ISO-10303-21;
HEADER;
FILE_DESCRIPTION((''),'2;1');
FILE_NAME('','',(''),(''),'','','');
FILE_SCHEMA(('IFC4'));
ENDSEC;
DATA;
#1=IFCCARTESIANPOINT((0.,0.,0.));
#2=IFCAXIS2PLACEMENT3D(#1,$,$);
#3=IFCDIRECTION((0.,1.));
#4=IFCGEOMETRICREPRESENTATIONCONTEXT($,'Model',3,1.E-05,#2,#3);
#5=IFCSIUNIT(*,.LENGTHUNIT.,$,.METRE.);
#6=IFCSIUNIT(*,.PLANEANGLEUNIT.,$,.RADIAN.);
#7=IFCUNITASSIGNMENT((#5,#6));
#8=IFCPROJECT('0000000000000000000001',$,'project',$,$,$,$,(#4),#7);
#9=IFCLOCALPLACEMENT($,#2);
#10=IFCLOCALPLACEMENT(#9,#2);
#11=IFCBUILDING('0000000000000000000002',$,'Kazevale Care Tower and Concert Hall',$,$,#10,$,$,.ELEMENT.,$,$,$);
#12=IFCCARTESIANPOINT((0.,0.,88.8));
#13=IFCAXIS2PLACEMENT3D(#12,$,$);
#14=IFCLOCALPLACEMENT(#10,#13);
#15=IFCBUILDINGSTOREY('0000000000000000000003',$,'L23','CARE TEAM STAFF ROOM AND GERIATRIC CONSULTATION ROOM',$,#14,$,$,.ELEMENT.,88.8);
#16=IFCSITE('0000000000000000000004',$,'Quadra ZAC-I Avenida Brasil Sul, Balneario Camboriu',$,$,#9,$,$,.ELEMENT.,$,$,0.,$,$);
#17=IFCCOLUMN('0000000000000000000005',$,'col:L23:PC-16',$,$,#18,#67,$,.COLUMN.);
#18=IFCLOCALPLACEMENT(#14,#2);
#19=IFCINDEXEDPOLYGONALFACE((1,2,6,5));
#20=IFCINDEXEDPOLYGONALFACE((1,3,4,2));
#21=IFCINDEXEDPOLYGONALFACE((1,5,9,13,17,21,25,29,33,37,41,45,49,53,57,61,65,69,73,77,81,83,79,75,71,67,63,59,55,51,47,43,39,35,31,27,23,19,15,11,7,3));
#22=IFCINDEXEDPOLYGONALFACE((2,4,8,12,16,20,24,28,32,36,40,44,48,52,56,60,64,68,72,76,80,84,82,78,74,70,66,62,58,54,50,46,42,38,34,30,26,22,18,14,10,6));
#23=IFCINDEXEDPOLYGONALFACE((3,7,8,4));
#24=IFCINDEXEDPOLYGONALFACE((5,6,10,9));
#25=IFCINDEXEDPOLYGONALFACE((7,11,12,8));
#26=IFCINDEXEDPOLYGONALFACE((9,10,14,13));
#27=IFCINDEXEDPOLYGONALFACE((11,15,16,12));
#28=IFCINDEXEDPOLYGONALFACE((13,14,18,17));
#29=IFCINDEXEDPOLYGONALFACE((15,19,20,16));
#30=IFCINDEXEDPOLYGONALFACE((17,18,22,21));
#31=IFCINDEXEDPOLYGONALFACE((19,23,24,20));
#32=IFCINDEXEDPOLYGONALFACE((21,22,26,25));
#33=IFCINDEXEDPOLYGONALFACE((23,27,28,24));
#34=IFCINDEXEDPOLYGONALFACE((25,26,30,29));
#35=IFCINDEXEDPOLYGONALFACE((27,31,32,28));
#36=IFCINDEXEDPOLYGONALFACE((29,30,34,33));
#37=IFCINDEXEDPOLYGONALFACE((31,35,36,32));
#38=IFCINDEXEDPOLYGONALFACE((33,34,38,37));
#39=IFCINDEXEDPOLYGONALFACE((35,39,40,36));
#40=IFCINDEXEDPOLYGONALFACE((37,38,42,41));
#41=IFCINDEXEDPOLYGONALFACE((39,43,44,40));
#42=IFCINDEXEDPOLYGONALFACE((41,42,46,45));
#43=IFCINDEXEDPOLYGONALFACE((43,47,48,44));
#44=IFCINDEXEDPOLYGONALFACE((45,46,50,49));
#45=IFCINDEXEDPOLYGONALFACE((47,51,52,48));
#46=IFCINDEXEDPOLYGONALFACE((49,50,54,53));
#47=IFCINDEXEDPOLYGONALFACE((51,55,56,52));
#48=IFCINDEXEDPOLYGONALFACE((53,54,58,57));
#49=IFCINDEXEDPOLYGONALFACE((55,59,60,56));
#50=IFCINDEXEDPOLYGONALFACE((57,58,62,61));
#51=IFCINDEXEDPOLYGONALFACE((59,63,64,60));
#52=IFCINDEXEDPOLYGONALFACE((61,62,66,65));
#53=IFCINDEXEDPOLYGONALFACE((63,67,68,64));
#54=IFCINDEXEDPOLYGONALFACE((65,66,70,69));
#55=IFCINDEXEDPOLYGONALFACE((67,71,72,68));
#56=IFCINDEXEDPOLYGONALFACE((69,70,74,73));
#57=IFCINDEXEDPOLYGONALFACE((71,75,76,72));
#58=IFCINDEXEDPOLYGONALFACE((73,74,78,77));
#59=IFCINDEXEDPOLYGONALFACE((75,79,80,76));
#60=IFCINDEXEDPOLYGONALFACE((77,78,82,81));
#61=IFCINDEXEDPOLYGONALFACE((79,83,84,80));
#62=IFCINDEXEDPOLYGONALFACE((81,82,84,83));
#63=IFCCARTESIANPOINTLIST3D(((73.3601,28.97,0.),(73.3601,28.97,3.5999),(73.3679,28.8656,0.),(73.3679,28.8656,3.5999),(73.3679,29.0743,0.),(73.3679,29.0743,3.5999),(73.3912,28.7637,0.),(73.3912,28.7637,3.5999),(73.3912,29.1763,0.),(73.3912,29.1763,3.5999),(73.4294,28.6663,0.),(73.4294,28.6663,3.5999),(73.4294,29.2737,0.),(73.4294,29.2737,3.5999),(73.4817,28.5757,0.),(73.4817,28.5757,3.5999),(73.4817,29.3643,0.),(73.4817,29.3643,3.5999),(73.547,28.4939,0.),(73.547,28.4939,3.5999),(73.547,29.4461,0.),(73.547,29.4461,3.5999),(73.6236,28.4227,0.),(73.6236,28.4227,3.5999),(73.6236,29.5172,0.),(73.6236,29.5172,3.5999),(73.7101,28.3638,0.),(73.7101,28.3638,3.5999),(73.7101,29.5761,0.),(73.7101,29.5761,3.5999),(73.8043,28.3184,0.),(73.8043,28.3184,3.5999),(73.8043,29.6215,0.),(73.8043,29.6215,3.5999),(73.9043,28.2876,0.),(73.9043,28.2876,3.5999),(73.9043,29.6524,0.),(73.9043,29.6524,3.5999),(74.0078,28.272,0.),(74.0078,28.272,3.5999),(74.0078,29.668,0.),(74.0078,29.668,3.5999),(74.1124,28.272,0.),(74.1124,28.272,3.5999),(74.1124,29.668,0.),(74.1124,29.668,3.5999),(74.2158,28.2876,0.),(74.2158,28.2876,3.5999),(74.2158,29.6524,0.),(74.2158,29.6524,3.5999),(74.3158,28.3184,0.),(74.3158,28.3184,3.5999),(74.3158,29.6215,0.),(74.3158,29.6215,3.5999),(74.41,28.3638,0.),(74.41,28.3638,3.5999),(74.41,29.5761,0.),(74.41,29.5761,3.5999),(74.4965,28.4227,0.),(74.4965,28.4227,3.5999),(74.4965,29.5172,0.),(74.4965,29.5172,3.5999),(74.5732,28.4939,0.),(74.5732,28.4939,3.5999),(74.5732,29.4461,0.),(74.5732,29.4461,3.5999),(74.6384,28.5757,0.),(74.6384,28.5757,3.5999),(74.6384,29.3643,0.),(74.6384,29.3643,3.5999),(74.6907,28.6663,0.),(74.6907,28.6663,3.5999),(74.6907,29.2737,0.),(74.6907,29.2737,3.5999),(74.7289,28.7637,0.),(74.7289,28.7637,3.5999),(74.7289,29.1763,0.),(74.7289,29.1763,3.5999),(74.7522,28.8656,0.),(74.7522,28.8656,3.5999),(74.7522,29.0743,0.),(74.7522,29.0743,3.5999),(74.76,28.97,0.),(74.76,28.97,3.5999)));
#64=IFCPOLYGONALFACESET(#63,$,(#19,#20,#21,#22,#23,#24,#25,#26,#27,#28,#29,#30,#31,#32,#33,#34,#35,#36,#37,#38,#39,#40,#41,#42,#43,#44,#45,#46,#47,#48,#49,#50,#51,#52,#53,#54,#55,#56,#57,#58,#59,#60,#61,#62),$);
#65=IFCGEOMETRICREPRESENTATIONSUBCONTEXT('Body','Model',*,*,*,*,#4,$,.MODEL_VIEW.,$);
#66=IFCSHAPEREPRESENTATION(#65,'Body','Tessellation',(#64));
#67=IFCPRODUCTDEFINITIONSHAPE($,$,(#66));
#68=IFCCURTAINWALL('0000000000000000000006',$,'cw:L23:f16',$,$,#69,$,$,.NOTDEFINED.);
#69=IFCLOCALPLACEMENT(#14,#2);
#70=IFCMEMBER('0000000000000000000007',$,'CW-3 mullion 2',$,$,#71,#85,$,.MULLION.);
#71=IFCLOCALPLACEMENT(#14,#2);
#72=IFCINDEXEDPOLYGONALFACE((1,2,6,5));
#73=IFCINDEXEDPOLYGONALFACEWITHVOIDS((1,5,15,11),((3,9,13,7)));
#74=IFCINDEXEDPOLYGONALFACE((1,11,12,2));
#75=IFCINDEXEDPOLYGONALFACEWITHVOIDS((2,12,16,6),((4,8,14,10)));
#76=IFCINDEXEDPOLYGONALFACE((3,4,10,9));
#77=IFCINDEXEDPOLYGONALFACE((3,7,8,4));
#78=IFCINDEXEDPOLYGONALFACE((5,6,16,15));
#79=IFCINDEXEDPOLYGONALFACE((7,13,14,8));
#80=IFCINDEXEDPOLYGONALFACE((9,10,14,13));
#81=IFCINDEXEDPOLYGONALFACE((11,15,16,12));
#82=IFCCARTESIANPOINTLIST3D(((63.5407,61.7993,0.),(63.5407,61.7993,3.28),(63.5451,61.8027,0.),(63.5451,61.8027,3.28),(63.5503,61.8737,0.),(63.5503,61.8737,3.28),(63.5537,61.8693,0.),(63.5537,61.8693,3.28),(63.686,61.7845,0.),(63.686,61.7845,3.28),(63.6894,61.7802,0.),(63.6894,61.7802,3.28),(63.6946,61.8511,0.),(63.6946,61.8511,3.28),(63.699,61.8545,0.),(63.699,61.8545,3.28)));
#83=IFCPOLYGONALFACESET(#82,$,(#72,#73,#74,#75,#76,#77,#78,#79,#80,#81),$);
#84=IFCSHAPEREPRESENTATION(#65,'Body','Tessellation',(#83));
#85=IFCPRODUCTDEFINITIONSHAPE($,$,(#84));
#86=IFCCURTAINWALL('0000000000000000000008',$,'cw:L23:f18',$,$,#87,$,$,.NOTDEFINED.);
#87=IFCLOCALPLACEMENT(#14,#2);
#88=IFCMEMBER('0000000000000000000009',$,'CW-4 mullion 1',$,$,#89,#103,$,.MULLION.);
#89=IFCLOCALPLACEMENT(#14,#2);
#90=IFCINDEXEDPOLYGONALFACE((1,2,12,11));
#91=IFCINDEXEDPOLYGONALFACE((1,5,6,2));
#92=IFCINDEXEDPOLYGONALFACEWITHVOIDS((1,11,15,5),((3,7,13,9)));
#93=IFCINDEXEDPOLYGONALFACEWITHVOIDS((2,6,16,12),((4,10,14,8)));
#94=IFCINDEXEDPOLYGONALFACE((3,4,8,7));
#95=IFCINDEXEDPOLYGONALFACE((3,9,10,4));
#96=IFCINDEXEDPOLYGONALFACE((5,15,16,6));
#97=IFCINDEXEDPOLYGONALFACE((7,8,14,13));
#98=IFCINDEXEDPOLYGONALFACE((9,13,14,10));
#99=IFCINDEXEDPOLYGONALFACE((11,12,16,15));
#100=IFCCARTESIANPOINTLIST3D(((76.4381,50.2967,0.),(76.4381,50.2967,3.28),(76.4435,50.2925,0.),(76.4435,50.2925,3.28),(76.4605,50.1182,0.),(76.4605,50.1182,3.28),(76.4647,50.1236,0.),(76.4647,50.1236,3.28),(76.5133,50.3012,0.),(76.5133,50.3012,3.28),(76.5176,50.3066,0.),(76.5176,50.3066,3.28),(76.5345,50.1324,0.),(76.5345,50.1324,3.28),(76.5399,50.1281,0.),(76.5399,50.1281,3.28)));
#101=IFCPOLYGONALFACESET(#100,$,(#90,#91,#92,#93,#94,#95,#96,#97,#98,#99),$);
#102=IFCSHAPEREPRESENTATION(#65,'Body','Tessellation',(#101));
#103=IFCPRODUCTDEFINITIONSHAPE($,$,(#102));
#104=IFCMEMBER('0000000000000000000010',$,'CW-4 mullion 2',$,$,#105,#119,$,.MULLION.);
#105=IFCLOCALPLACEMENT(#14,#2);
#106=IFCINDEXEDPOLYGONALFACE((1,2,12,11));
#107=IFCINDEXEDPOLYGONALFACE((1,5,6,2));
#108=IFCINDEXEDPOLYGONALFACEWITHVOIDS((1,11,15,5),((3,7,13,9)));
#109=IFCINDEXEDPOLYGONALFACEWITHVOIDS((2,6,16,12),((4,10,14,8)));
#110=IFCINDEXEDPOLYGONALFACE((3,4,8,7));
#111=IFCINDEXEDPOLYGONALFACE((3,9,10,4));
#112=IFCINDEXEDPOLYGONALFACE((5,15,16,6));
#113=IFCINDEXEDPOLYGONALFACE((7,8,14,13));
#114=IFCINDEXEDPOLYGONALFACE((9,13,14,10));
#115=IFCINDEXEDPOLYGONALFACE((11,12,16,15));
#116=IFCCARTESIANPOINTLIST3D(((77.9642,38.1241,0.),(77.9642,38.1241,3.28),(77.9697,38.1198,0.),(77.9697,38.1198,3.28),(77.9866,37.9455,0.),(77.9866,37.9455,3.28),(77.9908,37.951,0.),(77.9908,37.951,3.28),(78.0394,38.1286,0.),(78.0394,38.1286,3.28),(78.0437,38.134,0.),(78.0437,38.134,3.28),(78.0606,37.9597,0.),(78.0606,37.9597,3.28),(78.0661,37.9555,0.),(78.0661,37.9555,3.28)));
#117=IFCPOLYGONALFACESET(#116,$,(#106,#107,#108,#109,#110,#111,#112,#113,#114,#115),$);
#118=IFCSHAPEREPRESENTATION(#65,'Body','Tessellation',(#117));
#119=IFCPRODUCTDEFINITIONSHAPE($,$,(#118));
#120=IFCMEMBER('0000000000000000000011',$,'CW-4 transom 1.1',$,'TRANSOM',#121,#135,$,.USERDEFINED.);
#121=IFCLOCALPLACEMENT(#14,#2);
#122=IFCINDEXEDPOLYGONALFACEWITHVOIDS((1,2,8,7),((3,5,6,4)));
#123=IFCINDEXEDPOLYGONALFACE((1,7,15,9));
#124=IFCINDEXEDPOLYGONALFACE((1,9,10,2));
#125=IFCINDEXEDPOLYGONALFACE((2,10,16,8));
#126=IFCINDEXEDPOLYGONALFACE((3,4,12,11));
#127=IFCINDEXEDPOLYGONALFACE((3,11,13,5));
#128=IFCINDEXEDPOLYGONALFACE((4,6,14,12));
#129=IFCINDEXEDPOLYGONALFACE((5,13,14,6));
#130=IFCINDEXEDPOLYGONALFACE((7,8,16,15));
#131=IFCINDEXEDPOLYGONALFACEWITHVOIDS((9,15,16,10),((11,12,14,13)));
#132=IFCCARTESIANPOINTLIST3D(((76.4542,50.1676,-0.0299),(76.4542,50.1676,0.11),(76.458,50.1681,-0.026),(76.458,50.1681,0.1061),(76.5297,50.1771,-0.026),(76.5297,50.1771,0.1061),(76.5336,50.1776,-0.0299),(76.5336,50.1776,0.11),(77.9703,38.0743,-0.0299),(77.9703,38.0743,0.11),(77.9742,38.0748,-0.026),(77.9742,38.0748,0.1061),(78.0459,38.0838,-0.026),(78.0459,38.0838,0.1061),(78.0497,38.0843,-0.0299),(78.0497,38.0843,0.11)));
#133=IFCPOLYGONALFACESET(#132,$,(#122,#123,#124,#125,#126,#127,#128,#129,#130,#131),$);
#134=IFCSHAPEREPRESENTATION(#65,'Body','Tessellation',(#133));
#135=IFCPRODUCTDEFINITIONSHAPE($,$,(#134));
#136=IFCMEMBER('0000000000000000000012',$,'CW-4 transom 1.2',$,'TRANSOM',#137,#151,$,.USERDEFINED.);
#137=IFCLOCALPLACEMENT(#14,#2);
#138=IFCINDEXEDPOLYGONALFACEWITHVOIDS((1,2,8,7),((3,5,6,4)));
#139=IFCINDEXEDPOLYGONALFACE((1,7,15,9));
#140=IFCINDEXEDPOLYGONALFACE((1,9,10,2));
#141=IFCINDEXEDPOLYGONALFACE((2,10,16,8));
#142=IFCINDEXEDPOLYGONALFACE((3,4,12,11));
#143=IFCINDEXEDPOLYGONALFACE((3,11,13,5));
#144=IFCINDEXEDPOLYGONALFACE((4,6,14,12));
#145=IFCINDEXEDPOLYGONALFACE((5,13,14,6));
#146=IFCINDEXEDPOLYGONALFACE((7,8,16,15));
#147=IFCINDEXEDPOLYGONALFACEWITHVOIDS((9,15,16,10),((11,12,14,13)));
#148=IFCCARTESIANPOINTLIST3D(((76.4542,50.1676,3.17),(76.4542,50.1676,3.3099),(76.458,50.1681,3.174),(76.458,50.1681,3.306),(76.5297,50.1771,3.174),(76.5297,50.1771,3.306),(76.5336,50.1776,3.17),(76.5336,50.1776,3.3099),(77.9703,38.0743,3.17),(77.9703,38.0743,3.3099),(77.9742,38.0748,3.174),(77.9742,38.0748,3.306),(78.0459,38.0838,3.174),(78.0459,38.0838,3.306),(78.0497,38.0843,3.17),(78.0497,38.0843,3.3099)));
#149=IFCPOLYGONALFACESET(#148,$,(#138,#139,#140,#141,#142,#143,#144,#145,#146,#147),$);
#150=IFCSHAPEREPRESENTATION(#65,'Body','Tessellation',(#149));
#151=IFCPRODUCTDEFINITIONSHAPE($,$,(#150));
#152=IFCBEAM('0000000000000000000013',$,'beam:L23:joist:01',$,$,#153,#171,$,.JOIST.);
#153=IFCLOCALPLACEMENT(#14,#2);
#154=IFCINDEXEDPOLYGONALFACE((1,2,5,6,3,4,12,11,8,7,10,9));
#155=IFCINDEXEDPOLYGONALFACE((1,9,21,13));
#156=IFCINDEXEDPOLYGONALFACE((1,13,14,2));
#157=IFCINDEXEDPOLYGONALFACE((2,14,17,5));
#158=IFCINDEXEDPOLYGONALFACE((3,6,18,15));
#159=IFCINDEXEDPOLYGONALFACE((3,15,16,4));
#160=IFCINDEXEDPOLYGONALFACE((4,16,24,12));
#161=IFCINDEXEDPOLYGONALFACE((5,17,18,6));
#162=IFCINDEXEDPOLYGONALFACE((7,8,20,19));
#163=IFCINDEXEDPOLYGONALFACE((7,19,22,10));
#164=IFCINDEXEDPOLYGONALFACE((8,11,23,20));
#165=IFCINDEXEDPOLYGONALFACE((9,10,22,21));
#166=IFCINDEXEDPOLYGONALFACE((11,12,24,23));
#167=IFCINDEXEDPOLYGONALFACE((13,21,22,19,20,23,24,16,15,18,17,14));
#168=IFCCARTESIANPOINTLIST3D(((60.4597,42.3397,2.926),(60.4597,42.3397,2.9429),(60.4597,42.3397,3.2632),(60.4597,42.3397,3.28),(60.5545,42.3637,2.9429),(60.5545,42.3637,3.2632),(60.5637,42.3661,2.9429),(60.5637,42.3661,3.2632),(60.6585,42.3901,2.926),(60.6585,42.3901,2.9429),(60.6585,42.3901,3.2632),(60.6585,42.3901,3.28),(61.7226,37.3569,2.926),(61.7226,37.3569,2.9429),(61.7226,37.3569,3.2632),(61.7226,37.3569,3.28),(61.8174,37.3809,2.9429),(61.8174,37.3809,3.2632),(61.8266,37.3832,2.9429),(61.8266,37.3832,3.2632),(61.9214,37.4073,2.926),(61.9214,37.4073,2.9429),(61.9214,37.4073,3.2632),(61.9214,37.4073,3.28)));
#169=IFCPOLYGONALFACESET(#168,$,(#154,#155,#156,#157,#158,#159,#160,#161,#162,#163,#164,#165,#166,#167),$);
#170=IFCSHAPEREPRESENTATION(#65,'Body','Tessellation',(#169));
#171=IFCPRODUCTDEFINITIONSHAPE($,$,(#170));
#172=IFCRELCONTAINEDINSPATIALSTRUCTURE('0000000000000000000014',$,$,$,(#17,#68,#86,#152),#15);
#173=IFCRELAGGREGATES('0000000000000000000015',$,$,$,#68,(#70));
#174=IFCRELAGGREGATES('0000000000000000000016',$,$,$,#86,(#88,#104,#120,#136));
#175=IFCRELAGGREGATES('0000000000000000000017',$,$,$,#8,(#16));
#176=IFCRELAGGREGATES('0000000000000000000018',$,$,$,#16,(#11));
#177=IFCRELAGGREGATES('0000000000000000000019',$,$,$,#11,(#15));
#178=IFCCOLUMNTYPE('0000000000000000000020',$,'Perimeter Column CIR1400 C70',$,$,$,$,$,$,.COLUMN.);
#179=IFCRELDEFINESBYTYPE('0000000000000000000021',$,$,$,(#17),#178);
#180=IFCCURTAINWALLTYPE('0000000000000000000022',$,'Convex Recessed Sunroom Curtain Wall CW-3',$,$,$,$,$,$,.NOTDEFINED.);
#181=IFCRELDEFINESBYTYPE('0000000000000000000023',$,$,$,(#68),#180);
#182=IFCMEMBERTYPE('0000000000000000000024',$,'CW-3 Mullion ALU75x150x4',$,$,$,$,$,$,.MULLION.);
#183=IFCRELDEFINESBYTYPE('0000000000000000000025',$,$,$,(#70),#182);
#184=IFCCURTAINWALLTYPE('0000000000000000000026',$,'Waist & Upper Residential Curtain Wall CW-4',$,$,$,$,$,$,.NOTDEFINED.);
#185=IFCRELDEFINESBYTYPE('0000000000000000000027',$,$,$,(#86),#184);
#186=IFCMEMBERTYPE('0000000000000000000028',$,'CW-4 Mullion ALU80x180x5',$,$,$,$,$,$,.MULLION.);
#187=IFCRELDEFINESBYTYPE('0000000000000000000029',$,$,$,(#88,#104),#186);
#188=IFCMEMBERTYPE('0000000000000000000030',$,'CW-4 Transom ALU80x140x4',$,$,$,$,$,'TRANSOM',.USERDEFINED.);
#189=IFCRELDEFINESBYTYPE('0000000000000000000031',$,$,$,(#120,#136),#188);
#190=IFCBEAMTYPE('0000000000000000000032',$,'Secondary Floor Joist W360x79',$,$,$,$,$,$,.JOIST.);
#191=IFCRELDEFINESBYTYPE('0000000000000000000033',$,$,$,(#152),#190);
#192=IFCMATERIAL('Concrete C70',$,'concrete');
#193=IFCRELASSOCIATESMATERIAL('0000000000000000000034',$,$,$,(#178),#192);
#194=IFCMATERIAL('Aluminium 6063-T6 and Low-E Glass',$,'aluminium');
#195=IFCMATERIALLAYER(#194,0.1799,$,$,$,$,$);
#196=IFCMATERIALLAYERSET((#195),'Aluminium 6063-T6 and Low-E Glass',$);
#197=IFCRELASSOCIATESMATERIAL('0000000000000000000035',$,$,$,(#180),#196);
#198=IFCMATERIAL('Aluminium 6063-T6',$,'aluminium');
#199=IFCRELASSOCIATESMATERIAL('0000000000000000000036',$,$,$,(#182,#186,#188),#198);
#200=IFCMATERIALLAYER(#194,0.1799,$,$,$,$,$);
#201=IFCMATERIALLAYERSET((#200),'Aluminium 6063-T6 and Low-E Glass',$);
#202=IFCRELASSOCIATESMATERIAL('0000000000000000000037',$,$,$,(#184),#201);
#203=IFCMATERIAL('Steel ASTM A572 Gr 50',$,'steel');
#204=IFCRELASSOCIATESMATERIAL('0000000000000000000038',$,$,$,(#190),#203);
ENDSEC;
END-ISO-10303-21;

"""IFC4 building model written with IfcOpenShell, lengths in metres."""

from ifc_helpers import new_model, si_unit, direction, frame, origin, origin_2d, place, context, subcontext, project, spatial, hollow_rectangle, circle, i_section, extrude, material, layer, layer_set, material_profile, profile_set, type_object, element, aggregate, save


model = new_model("IFC4")

# Units and contexts
model_context = context("Model", 3, precision=1e-05, world=origin(), true_north=direction((0.0, 1.0)))
body_context = subcontext(model_context, "Body", "Model", "MODEL_VIEW")
ifc_project = project(units=[si_unit("LENGTHUNIT", "METRE"), si_unit("PLANEANGLEUNIT", "RADIAN")], contexts=[model_context])

# Site, building, storey
site_placement = place(None, origin())
site = spatial("IfcSite", under=ifc_project, at=site_placement, Name="Quadra ZAC-I Avenida Brasil Sul, Balneario Camboriu", CompositionType="ELEMENT", RefElevation=0.0)
building_placement = place(site_placement, origin())
building = spatial("IfcBuilding", under=site, at=building_placement, Name="Kazevale Care Tower and Concert Hall", CompositionType="ELEMENT")
storey_placement = place(building_placement, frame((0.0, 0.0, 88.8)))
storey = spatial("IfcBuildingStorey", under=building, at=storey_placement, Name="L23", Description="CARE TEAM STAFF ROOM AND GERIATRIC CONSULTATION ROOM", CompositionType="ELEMENT", Elevation=88.8)

# Column
ifc_material_1 = material(Name="Concrete C70", Category="concrete")
ifc_material_profile_1 = material_profile(ifc_material_1, circle(Radius=0.7, at=origin_2d()), Name="RC-CIR1400")
ifc_profile_set_1 = profile_set([ifc_material_profile_1], Name="Concrete C70")
column_type = type_object("IfcColumnType", Name="Perimeter Column CIR1400 C70", PredefinedType="COLUMN", material=ifc_profile_set_1)
for number, where, z_axis, x_axis, name in (
    (1, (74.0601, 28.97, 0.0), (0.0, 0.0, 1.0), (1.0, 0.0, 0.0), "col:L23:PC-16"),
):
    element("IfcColumn", number, at=place(storey_placement, frame(where, z_axis=z_axis, x_axis=x_axis)), inside=storey, type_object=column_type, Name=name, PredefinedType="COLUMN", context=body_context, shape_type="SweptSolid", body=[
        extrude(circle(Radius=0.7, at=origin_2d()), origin(), (0.0, 0.0, 1.0), 3.5999),
    ])

# Curtain wall, member
ifc_material_2 = material(Name="Aluminium 6063-T6 and Low-E Glass", Category="aluminium")
ifc_layer_1 = layer(ifc_material_2, 0.1799)
ifc_layer_set_1 = layer_set([ifc_layer_1], Name="Aluminium 6063-T6 and Low-E Glass")
curtain_wall_type_1 = type_object("IfcCurtainWallType", Name="Convex Recessed Sunroom Curtain Wall CW-3", PredefinedType="NOTDEFINED", material=ifc_layer_set_1)
curtain_wall_1_placement = place(storey_placement, origin())
curtain_wall_1 = element("IfcCurtainWall", 2, at=curtain_wall_1_placement, inside=storey, type_object=curtain_wall_type_1, Name="cw:L23:f16", PredefinedType="NOTDEFINED")
ifc_material_3 = material(Name="Aluminium 6063-T6", Category="aluminium")
ifc_material_profile_2 = material_profile(ifc_material_3, hollow_rectangle(XDim=0.075, YDim=0.1499, WallThickness=0.0039, at=origin_2d()), Name="ALU75x150x4")
ifc_profile_set_2 = profile_set([ifc_material_profile_2], Name="Aluminium 6063-T6")
member_type_1 = type_object("IfcMemberType", Name="CW-3 Mullion ALU75x150x4", PredefinedType="MULLION", material=ifc_profile_set_2)
member_1_placement = place(storey_placement, frame((63.6199, 61.8269, 0.0), z_axis=(0.0, 0.0, 1.0), x_axis=(0.12787, 0.991791, 0.0)))
member_1 = element("IfcMember", 3, at=member_1_placement, type_object=member_type_1, Name="CW-3 mullion 2", PredefinedType="MULLION", context=body_context, shape_type="SweptSolid", body=[
    extrude(hollow_rectangle(XDim=0.075, YDim=0.1499, WallThickness=0.0039, at=origin_2d()), origin(), (0.0, 0.0, 1.0), 3.28),
])

# Curtain wall, members
ifc_layer_2 = layer(ifc_material_2, 0.1799)
ifc_layer_set_2 = layer_set([ifc_layer_2], Name="Aluminium 6063-T6 and Low-E Glass")
curtain_wall_type_2 = type_object("IfcCurtainWallType", Name="Waist & Upper Residential Curtain Wall CW-4", PredefinedType="NOTDEFINED", material=ifc_layer_set_2)
curtain_wall_2_placement = place(storey_placement, origin())
curtain_wall_2 = element("IfcCurtainWall", 4, at=curtain_wall_2_placement, inside=storey, type_object=curtain_wall_type_2, Name="cw:L23:f18", PredefinedType="NOTDEFINED")
ifc_material_profile_3 = material_profile(ifc_material_3, hollow_rectangle(XDim=0.0801, YDim=0.1799, WallThickness=0.0049, at=origin_2d()), Name="ALU80x180x5")
ifc_profile_set_3 = profile_set([ifc_material_profile_3], Name="Aluminium 6063-T6")
member_type_2 = type_object("IfcMemberType", Name="CW-4 Mullion ALU80x180x5", PredefinedType="MULLION", material=ifc_profile_set_3)
member_2_placement = place(storey_placement, frame((76.489, 50.2124, 0.0), z_axis=(0.0, 0.0, 1.0), x_axis=(0.992233, 0.124394, 0.0)))
member_2 = element("IfcMember", 5, at=member_2_placement, type_object=member_type_2, Name="CW-4 mullion 1", PredefinedType="MULLION", context=body_context, shape_type="SweptSolid", body=[
    extrude(hollow_rectangle(XDim=0.0801, YDim=0.1799, WallThickness=0.0049, at=origin_2d()), origin(), (0.0, 0.0, 1.0), 3.28),
])
member_3_placement = place(storey_placement, frame((78.0151, 38.0398, 0.0), z_axis=(0.0, 0.0, 1.0), x_axis=(0.992233, 0.124394, 0.0)))
member_3 = element("IfcMember", 6, at=member_3_placement, type_object=member_type_2, Name="CW-4 mullion 2", PredefinedType="MULLION", context=body_context, shape_type="SweptSolid", body=[
    extrude(hollow_rectangle(XDim=0.0801, YDim=0.1799, WallThickness=0.0049, at=origin_2d()), origin(), (0.0, 0.0, 1.0), 3.28),
])
ifc_material_profile_4 = material_profile(ifc_material_3, hollow_rectangle(XDim=0.0801, YDim=0.1399, WallThickness=0.0039, at=origin_2d()), Name="ALU80x140x4")
ifc_profile_set_4 = profile_set([ifc_material_profile_4], Name="Aluminium 6063-T6")
member_type_3 = type_object("IfcMemberType", Name="CW-4 Transom ALU80x140x4", ElementType="TRANSOM", PredefinedType="USERDEFINED", material=ifc_profile_set_4)
member_4_placement = place(storey_placement, frame((76.4939, 50.1726, 0.04), z_axis=(0.124395, -0.992233, 0.0), x_axis=(0.992233, 0.124395, 0.0)))
member_4 = element("IfcMember", 7, at=member_4_placement, type_object=member_type_3, Name="CW-4 transom 1.1", ObjectType="TRANSOM", PredefinedType="USERDEFINED", context=body_context, shape_type="SweptSolid", body=[
    extrude(hollow_rectangle(XDim=0.0801, YDim=0.1399, WallThickness=0.0039, at=origin_2d()), origin(), (0.0, 0.0, 1.0), 12.188),
])
member_5_placement = place(storey_placement, frame((76.4939, 50.1726, 3.24), z_axis=(0.124395, -0.992233, 0.0), x_axis=(0.992233, 0.124395, 0.0)))
member_5 = element("IfcMember", 8, at=member_5_placement, type_object=member_type_3, Name="CW-4 transom 1.2", ObjectType="TRANSOM", PredefinedType="USERDEFINED", context=body_context, shape_type="SweptSolid", body=[
    extrude(hollow_rectangle(XDim=0.0801, YDim=0.1399, WallThickness=0.0039, at=origin_2d()), origin(), (0.0, 0.0, 1.0), 12.188),
])

# Beam
ifc_material_4 = material(Name="Steel ASTM A572 Gr 50", Category="steel")
ifc_material_profile_5 = material_profile(ifc_material_4, i_section(OverallWidth=0.2051, OverallDepth=0.354, WebThickness=0.0095, FlangeThickness=0.0168, at=origin_2d()), Name="W360x79")
ifc_profile_set_5 = profile_set([ifc_material_profile_5], Name="Steel ASTM A572 Gr 50")
beam_type_1 = type_object("IfcBeamType", Name="Secondary Floor Joist W360x79", PredefinedType="JOIST", material=ifc_profile_set_5)
beam_1_placement = place(storey_placement, frame((61.822, 37.3821, 3.103), z_axis=(-0.245686, 0.96935, 0.0), x_axis=(-0.96935, -0.245686, 0.0)))
element("IfcBeam", 9, at=beam_1_placement, inside=storey, type_object=beam_type_1, Name="beam:L23:joist:01", PredefinedType="JOIST", context=body_context, shape_type="SweptSolid", body=[
    extrude(i_section(OverallWidth=0.2051, OverallDepth=0.354, WebThickness=0.0095, FlangeThickness=0.0168, at=origin_2d()), origin(), (0.0, 0.0, 1.0), 5.1404),
])

aggregate(curtain_wall_1, [member_1])
aggregate(curtain_wall_2, [member_2, member_3, member_4, member_5])

save(model, "model.ifc")
